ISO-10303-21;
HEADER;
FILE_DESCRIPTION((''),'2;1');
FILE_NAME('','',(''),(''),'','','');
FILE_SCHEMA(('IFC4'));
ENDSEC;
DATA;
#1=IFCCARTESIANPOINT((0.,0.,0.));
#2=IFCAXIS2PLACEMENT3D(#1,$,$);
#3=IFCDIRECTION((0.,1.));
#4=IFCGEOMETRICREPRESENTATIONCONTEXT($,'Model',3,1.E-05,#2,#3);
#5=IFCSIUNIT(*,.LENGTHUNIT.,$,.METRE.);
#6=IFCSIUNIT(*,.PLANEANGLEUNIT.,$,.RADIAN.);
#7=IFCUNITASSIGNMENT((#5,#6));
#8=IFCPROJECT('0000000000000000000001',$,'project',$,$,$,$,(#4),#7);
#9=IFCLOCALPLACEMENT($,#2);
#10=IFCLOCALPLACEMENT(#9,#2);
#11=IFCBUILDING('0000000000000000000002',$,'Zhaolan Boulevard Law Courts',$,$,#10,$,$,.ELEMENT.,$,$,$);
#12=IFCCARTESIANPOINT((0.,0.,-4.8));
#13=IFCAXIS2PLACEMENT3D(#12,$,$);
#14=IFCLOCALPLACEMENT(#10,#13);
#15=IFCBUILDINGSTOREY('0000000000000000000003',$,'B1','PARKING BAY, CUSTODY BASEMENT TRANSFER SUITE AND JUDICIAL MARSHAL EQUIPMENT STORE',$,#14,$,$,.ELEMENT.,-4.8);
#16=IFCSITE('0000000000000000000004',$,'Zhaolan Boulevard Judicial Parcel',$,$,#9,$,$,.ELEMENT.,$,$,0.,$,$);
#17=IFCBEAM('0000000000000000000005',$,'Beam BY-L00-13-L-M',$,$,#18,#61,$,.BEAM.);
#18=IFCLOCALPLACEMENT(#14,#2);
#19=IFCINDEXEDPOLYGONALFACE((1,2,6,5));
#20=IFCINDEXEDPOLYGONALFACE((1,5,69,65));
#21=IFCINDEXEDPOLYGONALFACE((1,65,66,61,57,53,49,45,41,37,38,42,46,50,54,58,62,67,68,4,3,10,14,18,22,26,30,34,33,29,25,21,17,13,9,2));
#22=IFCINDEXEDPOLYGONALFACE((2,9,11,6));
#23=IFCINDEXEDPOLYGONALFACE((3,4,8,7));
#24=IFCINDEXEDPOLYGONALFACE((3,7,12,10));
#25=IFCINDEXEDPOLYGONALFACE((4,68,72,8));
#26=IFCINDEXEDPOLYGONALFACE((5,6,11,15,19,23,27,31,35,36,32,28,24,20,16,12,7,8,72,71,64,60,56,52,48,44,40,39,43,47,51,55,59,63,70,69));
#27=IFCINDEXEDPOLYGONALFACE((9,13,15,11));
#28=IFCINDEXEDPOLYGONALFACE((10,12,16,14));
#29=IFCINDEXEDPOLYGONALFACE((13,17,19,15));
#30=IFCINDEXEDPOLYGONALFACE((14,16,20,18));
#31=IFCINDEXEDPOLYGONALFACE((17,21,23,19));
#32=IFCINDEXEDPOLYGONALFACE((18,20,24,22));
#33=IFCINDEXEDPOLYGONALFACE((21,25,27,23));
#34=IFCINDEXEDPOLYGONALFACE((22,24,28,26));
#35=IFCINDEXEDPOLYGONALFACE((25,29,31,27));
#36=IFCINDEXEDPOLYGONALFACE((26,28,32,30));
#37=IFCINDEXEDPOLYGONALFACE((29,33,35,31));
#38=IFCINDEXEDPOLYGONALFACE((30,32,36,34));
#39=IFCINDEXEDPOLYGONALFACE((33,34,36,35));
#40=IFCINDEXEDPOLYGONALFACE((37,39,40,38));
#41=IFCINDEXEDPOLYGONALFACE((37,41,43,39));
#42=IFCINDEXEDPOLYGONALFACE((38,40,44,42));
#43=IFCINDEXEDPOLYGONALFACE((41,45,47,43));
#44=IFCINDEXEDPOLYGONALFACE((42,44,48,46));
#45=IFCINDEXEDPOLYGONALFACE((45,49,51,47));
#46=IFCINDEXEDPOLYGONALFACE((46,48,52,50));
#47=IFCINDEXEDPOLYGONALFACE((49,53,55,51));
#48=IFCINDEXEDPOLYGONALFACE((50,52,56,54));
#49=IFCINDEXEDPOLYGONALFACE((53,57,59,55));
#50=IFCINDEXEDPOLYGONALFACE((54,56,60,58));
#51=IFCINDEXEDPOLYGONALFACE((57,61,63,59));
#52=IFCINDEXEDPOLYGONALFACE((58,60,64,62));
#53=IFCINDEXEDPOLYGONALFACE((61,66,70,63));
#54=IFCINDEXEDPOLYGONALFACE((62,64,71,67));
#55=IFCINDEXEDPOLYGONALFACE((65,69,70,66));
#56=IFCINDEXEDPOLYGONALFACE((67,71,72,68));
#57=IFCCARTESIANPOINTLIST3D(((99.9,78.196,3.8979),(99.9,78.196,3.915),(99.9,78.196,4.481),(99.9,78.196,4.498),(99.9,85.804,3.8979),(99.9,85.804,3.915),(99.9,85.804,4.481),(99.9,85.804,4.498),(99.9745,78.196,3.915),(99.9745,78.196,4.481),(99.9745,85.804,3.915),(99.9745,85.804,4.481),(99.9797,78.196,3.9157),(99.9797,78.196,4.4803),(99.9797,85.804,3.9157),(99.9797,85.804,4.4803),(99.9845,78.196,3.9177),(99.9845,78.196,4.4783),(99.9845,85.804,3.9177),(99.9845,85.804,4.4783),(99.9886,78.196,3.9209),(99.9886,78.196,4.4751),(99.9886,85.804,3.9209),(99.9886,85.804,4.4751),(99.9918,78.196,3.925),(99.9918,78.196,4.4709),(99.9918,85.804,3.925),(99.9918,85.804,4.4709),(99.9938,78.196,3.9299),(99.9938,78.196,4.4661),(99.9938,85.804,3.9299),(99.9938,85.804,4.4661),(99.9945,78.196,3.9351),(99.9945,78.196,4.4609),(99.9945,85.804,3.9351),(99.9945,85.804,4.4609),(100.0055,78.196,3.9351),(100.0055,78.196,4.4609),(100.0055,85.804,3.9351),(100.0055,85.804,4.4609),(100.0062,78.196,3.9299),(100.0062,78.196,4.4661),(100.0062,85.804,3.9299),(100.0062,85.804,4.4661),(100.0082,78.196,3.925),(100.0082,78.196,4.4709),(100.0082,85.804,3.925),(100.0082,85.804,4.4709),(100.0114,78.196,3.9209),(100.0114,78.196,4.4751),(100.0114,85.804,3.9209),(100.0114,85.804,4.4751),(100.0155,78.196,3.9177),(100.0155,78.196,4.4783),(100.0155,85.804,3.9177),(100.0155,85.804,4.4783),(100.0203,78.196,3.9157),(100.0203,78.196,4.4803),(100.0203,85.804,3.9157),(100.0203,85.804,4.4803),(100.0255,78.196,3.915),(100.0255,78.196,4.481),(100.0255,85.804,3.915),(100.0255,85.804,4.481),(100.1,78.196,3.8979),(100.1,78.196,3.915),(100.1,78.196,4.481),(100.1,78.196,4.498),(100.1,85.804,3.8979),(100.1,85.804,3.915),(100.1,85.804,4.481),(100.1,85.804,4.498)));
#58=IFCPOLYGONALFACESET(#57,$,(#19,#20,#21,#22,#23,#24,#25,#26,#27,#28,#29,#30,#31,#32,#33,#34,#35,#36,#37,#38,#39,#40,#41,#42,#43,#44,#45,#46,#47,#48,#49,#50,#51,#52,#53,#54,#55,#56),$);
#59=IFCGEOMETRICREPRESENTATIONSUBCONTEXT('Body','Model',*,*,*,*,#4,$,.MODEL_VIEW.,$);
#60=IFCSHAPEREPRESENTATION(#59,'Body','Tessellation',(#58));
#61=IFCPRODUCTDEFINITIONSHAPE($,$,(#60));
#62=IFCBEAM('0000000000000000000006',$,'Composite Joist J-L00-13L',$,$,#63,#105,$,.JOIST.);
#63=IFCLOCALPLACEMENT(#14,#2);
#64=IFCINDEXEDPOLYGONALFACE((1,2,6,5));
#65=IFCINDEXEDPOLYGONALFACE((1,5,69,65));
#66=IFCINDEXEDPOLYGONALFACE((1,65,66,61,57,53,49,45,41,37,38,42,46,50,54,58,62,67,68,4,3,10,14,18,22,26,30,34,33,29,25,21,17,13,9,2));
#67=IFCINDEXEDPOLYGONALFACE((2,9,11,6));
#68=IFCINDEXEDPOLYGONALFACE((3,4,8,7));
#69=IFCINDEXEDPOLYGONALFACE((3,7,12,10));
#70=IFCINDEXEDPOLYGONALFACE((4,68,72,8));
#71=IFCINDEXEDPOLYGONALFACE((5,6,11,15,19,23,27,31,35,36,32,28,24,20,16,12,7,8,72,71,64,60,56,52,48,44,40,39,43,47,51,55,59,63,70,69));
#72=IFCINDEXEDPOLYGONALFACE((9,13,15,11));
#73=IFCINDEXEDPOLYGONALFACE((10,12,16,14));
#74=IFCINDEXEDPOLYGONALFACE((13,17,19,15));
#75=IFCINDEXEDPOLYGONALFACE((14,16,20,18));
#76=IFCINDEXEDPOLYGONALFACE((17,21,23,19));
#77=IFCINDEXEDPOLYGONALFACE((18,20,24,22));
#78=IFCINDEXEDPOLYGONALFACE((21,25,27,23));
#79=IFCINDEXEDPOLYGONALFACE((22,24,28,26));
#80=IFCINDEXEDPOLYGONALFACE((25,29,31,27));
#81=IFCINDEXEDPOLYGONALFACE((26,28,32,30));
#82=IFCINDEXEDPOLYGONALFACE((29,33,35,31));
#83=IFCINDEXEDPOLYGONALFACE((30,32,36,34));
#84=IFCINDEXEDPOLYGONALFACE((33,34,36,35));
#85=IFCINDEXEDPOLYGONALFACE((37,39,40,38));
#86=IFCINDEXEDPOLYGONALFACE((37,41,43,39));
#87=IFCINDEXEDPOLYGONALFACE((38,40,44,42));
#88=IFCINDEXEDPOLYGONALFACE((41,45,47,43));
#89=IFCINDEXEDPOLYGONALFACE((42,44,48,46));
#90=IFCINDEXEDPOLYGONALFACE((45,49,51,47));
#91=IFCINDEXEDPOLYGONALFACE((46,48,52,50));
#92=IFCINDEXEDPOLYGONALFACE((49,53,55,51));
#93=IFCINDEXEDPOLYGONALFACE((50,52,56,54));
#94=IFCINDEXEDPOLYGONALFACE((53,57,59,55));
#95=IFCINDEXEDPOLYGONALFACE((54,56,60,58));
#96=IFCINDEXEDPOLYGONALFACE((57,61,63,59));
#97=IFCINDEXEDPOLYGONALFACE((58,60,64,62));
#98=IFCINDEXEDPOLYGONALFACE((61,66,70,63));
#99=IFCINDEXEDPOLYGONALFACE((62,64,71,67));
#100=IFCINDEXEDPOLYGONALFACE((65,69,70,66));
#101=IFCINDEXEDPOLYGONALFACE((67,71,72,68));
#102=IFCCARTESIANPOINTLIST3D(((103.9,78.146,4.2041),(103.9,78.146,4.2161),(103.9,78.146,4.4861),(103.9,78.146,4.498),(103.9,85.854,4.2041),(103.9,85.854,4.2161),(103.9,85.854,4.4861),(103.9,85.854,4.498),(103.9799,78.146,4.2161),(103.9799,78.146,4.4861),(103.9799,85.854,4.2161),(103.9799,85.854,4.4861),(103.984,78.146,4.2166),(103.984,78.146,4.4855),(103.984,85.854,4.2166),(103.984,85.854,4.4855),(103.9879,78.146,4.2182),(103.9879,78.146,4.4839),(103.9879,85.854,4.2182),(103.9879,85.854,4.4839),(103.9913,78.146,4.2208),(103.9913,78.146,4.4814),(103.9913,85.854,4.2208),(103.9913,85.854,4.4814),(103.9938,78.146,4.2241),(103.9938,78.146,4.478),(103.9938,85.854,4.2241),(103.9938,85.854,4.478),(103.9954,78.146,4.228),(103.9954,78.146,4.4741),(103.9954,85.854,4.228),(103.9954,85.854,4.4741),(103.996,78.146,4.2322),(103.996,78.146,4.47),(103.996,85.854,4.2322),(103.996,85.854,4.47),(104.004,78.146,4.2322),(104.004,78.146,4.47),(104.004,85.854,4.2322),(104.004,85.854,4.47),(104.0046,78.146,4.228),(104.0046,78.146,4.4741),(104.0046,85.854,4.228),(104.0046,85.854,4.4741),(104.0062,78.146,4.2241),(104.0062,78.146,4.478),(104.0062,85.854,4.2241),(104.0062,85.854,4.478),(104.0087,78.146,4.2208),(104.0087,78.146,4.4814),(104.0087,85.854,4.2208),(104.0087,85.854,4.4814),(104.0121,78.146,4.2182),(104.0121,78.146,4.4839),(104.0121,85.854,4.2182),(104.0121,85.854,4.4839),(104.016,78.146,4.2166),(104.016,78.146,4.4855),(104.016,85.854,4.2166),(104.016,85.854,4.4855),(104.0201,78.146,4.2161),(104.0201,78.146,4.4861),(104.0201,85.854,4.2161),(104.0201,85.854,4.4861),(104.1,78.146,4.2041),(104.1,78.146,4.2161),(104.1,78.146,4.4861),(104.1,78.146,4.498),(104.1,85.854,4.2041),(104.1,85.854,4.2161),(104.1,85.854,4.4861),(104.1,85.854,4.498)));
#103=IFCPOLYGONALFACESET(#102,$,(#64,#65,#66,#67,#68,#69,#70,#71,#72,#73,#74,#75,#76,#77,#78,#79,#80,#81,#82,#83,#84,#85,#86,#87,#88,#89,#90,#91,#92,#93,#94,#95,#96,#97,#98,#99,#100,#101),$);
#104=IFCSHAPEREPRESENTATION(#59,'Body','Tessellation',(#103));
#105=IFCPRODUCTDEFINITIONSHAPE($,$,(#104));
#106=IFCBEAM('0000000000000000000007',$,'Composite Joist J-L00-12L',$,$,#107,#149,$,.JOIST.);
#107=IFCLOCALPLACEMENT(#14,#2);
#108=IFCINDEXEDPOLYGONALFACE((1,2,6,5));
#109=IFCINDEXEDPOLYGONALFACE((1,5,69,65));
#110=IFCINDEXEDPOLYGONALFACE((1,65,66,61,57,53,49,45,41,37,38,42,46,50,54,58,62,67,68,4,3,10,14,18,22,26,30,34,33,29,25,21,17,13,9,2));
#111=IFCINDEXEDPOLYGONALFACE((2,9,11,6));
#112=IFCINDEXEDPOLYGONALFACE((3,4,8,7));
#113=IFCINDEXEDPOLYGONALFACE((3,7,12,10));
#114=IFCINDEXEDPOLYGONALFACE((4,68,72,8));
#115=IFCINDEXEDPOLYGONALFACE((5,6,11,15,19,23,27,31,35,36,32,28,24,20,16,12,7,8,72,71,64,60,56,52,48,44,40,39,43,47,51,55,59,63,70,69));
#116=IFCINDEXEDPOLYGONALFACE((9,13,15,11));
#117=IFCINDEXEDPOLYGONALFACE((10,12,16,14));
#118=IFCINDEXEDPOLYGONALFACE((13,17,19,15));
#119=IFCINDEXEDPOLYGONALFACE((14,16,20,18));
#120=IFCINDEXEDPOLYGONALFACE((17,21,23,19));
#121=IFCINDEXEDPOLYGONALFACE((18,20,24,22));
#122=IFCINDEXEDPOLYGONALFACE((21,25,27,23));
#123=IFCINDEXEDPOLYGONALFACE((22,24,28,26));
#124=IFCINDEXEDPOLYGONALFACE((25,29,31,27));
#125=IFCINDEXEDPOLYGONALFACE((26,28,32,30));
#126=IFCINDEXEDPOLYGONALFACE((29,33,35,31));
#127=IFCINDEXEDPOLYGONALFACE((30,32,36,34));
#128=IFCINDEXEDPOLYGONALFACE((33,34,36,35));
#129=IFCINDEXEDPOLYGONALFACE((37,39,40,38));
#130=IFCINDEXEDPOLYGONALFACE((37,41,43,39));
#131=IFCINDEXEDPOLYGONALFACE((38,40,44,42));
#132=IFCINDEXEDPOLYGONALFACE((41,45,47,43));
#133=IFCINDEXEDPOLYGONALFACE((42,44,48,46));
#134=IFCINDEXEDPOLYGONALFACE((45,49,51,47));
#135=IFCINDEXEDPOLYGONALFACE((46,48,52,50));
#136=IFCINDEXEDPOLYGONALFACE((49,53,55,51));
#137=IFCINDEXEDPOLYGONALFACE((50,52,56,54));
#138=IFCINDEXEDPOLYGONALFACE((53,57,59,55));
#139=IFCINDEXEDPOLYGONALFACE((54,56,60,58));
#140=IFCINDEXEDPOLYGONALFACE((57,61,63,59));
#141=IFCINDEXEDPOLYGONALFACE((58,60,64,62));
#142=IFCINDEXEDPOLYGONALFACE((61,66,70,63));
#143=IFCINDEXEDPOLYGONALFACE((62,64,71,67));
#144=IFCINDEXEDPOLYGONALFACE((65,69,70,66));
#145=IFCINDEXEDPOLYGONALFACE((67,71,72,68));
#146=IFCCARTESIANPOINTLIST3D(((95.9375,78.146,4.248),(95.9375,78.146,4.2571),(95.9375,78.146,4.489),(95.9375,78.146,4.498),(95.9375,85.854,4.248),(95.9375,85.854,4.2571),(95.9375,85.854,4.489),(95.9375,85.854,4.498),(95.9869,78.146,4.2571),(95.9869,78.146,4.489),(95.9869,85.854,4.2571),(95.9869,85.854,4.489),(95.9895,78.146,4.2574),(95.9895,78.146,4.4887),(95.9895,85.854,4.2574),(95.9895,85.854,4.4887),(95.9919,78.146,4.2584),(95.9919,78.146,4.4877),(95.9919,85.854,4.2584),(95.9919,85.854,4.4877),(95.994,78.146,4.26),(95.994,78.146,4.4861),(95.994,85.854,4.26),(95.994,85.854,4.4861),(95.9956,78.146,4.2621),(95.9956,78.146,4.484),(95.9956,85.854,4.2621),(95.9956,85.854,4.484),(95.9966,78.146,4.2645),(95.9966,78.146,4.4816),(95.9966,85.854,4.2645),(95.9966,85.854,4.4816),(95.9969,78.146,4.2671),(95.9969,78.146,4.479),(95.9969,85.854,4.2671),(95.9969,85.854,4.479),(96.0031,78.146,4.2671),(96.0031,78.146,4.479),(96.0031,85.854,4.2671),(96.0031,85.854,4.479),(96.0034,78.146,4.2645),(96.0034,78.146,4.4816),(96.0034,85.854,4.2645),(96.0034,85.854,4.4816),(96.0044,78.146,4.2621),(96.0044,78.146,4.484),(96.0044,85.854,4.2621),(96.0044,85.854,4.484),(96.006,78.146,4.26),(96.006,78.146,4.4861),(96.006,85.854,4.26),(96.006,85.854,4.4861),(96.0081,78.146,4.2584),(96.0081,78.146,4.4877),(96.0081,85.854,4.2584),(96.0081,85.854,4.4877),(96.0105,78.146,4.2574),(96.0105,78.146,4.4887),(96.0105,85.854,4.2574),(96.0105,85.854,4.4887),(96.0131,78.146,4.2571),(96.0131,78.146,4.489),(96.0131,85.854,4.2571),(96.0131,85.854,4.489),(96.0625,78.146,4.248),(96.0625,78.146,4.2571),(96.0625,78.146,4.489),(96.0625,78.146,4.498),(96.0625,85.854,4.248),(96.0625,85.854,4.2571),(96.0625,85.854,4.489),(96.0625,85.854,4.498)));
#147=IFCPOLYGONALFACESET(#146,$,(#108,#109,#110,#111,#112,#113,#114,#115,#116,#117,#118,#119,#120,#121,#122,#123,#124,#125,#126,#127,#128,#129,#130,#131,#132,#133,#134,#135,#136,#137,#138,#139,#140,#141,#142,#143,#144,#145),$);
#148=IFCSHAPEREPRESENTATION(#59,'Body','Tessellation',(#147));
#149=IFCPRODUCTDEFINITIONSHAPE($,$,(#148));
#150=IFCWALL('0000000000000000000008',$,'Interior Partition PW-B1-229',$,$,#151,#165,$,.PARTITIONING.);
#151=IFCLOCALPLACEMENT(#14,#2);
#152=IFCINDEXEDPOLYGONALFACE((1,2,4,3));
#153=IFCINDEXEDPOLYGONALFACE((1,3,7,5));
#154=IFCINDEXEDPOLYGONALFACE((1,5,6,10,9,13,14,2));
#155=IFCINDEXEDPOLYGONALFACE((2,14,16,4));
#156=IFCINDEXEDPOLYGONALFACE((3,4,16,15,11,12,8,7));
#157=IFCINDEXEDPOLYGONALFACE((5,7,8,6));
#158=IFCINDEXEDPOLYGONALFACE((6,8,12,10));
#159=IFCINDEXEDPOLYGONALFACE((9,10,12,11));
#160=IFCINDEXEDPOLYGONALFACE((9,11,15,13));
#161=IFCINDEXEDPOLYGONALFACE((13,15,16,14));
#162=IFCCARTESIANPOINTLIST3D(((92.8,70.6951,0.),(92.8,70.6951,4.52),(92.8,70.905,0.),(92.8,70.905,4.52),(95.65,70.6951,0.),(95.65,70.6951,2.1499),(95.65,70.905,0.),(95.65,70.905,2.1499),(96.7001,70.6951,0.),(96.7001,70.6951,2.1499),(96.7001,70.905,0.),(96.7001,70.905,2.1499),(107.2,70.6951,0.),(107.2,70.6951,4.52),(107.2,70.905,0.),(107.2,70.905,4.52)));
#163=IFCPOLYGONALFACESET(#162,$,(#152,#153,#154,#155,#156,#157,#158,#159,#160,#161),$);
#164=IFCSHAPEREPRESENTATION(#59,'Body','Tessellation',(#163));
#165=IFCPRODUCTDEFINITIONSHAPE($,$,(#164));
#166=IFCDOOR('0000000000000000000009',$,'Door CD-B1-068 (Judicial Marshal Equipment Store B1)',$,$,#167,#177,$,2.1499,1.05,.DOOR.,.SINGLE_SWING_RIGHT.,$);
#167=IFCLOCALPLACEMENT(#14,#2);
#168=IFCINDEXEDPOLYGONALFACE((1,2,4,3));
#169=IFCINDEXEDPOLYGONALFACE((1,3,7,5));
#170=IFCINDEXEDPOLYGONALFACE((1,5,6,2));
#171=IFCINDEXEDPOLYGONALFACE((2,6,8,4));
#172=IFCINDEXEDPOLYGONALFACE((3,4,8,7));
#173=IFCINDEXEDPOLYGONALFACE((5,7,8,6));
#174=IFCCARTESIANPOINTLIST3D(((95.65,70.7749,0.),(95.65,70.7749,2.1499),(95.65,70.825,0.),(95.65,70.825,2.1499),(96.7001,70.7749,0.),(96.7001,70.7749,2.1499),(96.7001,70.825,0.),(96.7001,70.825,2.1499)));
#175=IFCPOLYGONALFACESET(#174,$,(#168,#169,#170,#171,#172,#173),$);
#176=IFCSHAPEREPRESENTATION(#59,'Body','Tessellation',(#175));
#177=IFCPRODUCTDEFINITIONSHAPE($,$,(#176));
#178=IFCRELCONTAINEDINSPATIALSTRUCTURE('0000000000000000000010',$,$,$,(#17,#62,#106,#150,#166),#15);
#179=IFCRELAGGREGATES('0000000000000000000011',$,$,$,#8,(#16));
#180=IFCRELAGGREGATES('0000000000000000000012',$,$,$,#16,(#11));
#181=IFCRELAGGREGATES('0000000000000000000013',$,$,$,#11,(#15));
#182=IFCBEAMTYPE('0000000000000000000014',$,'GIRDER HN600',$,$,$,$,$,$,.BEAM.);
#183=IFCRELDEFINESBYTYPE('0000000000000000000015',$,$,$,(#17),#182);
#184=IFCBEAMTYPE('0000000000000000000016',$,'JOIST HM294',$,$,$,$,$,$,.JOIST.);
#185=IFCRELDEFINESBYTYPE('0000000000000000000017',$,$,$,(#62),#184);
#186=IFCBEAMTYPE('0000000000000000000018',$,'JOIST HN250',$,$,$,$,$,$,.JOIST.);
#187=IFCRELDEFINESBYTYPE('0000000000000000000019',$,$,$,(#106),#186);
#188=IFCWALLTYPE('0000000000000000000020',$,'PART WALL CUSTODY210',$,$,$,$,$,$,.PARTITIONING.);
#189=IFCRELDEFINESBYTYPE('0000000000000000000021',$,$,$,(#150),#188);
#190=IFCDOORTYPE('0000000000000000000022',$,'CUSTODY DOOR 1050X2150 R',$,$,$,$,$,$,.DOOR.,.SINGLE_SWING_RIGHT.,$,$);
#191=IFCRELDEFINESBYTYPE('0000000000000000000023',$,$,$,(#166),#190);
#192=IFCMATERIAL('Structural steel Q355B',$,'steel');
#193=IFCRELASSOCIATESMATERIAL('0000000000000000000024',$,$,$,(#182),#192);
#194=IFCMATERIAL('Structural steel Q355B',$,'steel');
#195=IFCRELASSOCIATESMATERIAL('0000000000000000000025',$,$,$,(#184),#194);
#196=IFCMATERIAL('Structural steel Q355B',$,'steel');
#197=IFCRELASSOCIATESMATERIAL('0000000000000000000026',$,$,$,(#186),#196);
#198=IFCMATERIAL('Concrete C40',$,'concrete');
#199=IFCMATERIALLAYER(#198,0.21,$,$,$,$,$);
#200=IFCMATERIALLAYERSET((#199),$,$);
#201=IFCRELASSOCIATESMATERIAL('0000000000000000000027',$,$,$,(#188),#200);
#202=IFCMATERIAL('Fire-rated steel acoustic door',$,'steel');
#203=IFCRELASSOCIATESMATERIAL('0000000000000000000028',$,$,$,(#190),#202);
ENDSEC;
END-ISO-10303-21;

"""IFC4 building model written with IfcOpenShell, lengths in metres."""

from ifc_helpers import new_model, si_unit, direction, frame, frame_2d, origin, origin_2d, place, context, subcontext, project, spatial, rectangle, i_section, extrude, material, layer, layer_set, material_profile, profile_set, type_object, element, fill, save


model = new_model("IFC4")

# Units and contexts
model_context = context("Model", 3, precision=1e-05, world=origin(), true_north=direction((0.0, 1.0)))
body_context = subcontext(model_context, "Body", "Model", "MODEL_VIEW")
ifc_project = project(units=[si_unit("LENGTHUNIT", "METRE"), si_unit("PLANEANGLEUNIT", "RADIAN")], contexts=[model_context])

# Site, building, storey
site_placement = place(None, origin())
site = spatial("IfcSite", under=ifc_project, at=site_placement, Name="Zhaolan Boulevard Judicial Parcel", CompositionType="ELEMENT", RefElevation=0.0)
building_placement = place(site_placement, origin())
building = spatial("IfcBuilding", under=site, at=building_placement, Name="Zhaolan Boulevard Law Courts", CompositionType="ELEMENT")
storey_placement = place(building_placement, frame((0.0, 0.0, -4.8)))
storey = spatial("IfcBuildingStorey", under=building, at=storey_placement, Name="B1", Description="PARKING BAY, CUSTODY BASEMENT TRANSFER SUITE AND JUDICIAL MARSHAL EQUIPMENT STORE", CompositionType="ELEMENT", Elevation=-4.8)

# Beams
ifc_material_1 = material(Name="Structural steel Q355B", Category="steel")
ifc_material_profile_1 = material_profile(ifc_material_1, i_section(OverallWidth=0.2, OverallDepth=0.6001, WebThickness=0.011, FlangeThickness=0.0171, FilletRadius=0.02, at=origin_2d()), Name="HN600x200")
ifc_profile_set_1 = profile_set([ifc_material_profile_1], Name="Structural steel Q355B")
beam_type_1 = type_object("IfcBeamType", Name="GIRDER HN600", PredefinedType="BEAM", material=ifc_profile_set_1)
beam_1_placement = place(storey_placement, frame((100.0, 78.196, 4.198), z_axis=(0.0, 1.0, 0.0), x_axis=(-1.0, 0.0, 0.0)))
element("IfcBeam", 1, at=beam_1_placement, inside=storey, type_object=beam_type_1, Name="Beam BY-L00-13-L-M", PredefinedType="BEAM", context=body_context, shape_type="SweptSolid", body=[
    extrude(i_section(OverallWidth=0.2, OverallDepth=0.6001, WebThickness=0.011, FlangeThickness=0.0171, FilletRadius=0.02, at=origin_2d()), origin(), (0.0, 0.0, 1.0), 7.6079),
])
ifc_material_2 = material(Name="Structural steel Q355B", Category="steel")
ifc_material_profile_2 = material_profile(ifc_material_2, i_section(OverallWidth=0.2, OverallDepth=0.2939, WebThickness=0.0081, FlangeThickness=0.012, FilletRadius=0.0161, at=origin_2d()), Name="HM294x200")
ifc_profile_set_2 = profile_set([ifc_material_profile_2], Name="Structural steel Q355B")
beam_type_2 = type_object("IfcBeamType", Name="JOIST HM294", PredefinedType="JOIST", material=ifc_profile_set_2)
beam_2_placement = place(storey_placement, frame((104.0, 78.146, 4.3511), z_axis=(0.0, 1.0, 0.0), x_axis=(-1.0, 0.0, 0.0)))
element("IfcBeam", 2, at=beam_2_placement, inside=storey, type_object=beam_type_2, Name="Composite Joist J-L00-13L", PredefinedType="JOIST", context=body_context, shape_type="SweptSolid", body=[
    extrude(i_section(OverallWidth=0.2, OverallDepth=0.2939, WebThickness=0.0081, FlangeThickness=0.012, FilletRadius=0.0161, at=origin_2d()), origin(), (0.0, 0.0, 1.0), 7.708),
])
ifc_material_3 = material(Name="Structural steel Q355B", Category="steel")
ifc_material_profile_3 = material_profile(ifc_material_3, i_section(OverallWidth=0.125, OverallDepth=0.25, WebThickness=0.0061, FlangeThickness=0.009, FilletRadius=0.01, at=origin_2d()), Name="HN250x125")
ifc_profile_set_3 = profile_set([ifc_material_profile_3], Name="Structural steel Q355B")
beam_type_3 = type_object("IfcBeamType", Name="JOIST HN250", PredefinedType="JOIST", material=ifc_profile_set_3)
beam_3_placement = place(storey_placement, frame((96.0, 78.146, 4.373), z_axis=(0.0, 1.0, 0.0), x_axis=(-1.0, 0.0, 0.0)))
element("IfcBeam", 3, at=beam_3_placement, inside=storey, type_object=beam_type_3, Name="Composite Joist J-L00-12L", PredefinedType="JOIST", context=body_context, shape_type="SweptSolid", body=[
    extrude(i_section(OverallWidth=0.125, OverallDepth=0.25, WebThickness=0.0061, FlangeThickness=0.009, FilletRadius=0.01, at=origin_2d()), origin(), (0.0, 0.0, 1.0), 7.708),
])

# Wall, opening, door
ifc_material_4 = material(Name="Concrete C40", Category="concrete")
ifc_layer = layer(ifc_material_4, 0.21)
ifc_layer_set = layer_set([ifc_layer])
wall_type = type_object("IfcWallType", Name="PART WALL CUSTODY210", PredefinedType="PARTITIONING", material=ifc_layer_set)
wall_placement = place(storey_placement, frame((92.8, 70.8, 0.0), z_axis=(0.0, 0.0, 1.0), x_axis=(1.0, 0.0, 0.0)))
wall = element("IfcWall", 4, at=wall_placement, inside=storey, type_object=wall_type, Name="Interior Partition PW-B1-229", PredefinedType="PARTITIONING", context=body_context, shape_type="SweptSolid", body=[
    extrude(rectangle(XDim=14.3999, YDim=0.21, at=frame_2d((7.2, 0.0))), origin(), (0.0, 0.0, 1.0), 4.52),
])
opening_placement = place(wall_placement, frame((2.8501, 0.0, 0.0)))
opening = element("IfcOpeningElement", 5, at=opening_placement, cuts=wall, PredefinedType="OPENING", context=body_context, shape_type="SweptSolid", body=[
    extrude(rectangle(XDim=1.05, YDim=2.1499, at=frame_2d((0.5249, 1.075))), frame((0.0, 0.115, 0.0), z_axis=(0.0, -1.0, 0.0), x_axis=(1.0, 0.0, 0.0)), (0.0, 0.0, 1.0), 0.23),
])
ifc_material_5 = material(Name="Fire-rated steel acoustic door", Category="steel")
door_type = type_object("IfcDoorType", Name="CUSTODY DOOR 1050X2150 R", OperationType="SINGLE_SWING_RIGHT", PredefinedType="DOOR", material=ifc_material_5)
door_placement = place(opening_placement, origin())
door = element("IfcDoor", 6, at=door_placement, inside=storey, type_object=door_type, Name="Door CD-B1-068 (Judicial Marshal Equipment Store B1)", OperationType="SINGLE_SWING_RIGHT", OverallHeight=2.1499, OverallWidth=1.05, PredefinedType="DOOR", context=body_context, shape_type="SweptSolid", body=[
    extrude(rectangle(XDim=1.05, YDim=2.1499, at=frame_2d((0.5249, 1.075))), frame((0.0, 0.0249, 0.0), z_axis=(0.0, -1.0, 0.0), x_axis=(1.0, 0.0, 0.0)), (0.0, 0.0, 1.0), 0.05),
])
fill(opening, door)

save(model, "model.ifc")
